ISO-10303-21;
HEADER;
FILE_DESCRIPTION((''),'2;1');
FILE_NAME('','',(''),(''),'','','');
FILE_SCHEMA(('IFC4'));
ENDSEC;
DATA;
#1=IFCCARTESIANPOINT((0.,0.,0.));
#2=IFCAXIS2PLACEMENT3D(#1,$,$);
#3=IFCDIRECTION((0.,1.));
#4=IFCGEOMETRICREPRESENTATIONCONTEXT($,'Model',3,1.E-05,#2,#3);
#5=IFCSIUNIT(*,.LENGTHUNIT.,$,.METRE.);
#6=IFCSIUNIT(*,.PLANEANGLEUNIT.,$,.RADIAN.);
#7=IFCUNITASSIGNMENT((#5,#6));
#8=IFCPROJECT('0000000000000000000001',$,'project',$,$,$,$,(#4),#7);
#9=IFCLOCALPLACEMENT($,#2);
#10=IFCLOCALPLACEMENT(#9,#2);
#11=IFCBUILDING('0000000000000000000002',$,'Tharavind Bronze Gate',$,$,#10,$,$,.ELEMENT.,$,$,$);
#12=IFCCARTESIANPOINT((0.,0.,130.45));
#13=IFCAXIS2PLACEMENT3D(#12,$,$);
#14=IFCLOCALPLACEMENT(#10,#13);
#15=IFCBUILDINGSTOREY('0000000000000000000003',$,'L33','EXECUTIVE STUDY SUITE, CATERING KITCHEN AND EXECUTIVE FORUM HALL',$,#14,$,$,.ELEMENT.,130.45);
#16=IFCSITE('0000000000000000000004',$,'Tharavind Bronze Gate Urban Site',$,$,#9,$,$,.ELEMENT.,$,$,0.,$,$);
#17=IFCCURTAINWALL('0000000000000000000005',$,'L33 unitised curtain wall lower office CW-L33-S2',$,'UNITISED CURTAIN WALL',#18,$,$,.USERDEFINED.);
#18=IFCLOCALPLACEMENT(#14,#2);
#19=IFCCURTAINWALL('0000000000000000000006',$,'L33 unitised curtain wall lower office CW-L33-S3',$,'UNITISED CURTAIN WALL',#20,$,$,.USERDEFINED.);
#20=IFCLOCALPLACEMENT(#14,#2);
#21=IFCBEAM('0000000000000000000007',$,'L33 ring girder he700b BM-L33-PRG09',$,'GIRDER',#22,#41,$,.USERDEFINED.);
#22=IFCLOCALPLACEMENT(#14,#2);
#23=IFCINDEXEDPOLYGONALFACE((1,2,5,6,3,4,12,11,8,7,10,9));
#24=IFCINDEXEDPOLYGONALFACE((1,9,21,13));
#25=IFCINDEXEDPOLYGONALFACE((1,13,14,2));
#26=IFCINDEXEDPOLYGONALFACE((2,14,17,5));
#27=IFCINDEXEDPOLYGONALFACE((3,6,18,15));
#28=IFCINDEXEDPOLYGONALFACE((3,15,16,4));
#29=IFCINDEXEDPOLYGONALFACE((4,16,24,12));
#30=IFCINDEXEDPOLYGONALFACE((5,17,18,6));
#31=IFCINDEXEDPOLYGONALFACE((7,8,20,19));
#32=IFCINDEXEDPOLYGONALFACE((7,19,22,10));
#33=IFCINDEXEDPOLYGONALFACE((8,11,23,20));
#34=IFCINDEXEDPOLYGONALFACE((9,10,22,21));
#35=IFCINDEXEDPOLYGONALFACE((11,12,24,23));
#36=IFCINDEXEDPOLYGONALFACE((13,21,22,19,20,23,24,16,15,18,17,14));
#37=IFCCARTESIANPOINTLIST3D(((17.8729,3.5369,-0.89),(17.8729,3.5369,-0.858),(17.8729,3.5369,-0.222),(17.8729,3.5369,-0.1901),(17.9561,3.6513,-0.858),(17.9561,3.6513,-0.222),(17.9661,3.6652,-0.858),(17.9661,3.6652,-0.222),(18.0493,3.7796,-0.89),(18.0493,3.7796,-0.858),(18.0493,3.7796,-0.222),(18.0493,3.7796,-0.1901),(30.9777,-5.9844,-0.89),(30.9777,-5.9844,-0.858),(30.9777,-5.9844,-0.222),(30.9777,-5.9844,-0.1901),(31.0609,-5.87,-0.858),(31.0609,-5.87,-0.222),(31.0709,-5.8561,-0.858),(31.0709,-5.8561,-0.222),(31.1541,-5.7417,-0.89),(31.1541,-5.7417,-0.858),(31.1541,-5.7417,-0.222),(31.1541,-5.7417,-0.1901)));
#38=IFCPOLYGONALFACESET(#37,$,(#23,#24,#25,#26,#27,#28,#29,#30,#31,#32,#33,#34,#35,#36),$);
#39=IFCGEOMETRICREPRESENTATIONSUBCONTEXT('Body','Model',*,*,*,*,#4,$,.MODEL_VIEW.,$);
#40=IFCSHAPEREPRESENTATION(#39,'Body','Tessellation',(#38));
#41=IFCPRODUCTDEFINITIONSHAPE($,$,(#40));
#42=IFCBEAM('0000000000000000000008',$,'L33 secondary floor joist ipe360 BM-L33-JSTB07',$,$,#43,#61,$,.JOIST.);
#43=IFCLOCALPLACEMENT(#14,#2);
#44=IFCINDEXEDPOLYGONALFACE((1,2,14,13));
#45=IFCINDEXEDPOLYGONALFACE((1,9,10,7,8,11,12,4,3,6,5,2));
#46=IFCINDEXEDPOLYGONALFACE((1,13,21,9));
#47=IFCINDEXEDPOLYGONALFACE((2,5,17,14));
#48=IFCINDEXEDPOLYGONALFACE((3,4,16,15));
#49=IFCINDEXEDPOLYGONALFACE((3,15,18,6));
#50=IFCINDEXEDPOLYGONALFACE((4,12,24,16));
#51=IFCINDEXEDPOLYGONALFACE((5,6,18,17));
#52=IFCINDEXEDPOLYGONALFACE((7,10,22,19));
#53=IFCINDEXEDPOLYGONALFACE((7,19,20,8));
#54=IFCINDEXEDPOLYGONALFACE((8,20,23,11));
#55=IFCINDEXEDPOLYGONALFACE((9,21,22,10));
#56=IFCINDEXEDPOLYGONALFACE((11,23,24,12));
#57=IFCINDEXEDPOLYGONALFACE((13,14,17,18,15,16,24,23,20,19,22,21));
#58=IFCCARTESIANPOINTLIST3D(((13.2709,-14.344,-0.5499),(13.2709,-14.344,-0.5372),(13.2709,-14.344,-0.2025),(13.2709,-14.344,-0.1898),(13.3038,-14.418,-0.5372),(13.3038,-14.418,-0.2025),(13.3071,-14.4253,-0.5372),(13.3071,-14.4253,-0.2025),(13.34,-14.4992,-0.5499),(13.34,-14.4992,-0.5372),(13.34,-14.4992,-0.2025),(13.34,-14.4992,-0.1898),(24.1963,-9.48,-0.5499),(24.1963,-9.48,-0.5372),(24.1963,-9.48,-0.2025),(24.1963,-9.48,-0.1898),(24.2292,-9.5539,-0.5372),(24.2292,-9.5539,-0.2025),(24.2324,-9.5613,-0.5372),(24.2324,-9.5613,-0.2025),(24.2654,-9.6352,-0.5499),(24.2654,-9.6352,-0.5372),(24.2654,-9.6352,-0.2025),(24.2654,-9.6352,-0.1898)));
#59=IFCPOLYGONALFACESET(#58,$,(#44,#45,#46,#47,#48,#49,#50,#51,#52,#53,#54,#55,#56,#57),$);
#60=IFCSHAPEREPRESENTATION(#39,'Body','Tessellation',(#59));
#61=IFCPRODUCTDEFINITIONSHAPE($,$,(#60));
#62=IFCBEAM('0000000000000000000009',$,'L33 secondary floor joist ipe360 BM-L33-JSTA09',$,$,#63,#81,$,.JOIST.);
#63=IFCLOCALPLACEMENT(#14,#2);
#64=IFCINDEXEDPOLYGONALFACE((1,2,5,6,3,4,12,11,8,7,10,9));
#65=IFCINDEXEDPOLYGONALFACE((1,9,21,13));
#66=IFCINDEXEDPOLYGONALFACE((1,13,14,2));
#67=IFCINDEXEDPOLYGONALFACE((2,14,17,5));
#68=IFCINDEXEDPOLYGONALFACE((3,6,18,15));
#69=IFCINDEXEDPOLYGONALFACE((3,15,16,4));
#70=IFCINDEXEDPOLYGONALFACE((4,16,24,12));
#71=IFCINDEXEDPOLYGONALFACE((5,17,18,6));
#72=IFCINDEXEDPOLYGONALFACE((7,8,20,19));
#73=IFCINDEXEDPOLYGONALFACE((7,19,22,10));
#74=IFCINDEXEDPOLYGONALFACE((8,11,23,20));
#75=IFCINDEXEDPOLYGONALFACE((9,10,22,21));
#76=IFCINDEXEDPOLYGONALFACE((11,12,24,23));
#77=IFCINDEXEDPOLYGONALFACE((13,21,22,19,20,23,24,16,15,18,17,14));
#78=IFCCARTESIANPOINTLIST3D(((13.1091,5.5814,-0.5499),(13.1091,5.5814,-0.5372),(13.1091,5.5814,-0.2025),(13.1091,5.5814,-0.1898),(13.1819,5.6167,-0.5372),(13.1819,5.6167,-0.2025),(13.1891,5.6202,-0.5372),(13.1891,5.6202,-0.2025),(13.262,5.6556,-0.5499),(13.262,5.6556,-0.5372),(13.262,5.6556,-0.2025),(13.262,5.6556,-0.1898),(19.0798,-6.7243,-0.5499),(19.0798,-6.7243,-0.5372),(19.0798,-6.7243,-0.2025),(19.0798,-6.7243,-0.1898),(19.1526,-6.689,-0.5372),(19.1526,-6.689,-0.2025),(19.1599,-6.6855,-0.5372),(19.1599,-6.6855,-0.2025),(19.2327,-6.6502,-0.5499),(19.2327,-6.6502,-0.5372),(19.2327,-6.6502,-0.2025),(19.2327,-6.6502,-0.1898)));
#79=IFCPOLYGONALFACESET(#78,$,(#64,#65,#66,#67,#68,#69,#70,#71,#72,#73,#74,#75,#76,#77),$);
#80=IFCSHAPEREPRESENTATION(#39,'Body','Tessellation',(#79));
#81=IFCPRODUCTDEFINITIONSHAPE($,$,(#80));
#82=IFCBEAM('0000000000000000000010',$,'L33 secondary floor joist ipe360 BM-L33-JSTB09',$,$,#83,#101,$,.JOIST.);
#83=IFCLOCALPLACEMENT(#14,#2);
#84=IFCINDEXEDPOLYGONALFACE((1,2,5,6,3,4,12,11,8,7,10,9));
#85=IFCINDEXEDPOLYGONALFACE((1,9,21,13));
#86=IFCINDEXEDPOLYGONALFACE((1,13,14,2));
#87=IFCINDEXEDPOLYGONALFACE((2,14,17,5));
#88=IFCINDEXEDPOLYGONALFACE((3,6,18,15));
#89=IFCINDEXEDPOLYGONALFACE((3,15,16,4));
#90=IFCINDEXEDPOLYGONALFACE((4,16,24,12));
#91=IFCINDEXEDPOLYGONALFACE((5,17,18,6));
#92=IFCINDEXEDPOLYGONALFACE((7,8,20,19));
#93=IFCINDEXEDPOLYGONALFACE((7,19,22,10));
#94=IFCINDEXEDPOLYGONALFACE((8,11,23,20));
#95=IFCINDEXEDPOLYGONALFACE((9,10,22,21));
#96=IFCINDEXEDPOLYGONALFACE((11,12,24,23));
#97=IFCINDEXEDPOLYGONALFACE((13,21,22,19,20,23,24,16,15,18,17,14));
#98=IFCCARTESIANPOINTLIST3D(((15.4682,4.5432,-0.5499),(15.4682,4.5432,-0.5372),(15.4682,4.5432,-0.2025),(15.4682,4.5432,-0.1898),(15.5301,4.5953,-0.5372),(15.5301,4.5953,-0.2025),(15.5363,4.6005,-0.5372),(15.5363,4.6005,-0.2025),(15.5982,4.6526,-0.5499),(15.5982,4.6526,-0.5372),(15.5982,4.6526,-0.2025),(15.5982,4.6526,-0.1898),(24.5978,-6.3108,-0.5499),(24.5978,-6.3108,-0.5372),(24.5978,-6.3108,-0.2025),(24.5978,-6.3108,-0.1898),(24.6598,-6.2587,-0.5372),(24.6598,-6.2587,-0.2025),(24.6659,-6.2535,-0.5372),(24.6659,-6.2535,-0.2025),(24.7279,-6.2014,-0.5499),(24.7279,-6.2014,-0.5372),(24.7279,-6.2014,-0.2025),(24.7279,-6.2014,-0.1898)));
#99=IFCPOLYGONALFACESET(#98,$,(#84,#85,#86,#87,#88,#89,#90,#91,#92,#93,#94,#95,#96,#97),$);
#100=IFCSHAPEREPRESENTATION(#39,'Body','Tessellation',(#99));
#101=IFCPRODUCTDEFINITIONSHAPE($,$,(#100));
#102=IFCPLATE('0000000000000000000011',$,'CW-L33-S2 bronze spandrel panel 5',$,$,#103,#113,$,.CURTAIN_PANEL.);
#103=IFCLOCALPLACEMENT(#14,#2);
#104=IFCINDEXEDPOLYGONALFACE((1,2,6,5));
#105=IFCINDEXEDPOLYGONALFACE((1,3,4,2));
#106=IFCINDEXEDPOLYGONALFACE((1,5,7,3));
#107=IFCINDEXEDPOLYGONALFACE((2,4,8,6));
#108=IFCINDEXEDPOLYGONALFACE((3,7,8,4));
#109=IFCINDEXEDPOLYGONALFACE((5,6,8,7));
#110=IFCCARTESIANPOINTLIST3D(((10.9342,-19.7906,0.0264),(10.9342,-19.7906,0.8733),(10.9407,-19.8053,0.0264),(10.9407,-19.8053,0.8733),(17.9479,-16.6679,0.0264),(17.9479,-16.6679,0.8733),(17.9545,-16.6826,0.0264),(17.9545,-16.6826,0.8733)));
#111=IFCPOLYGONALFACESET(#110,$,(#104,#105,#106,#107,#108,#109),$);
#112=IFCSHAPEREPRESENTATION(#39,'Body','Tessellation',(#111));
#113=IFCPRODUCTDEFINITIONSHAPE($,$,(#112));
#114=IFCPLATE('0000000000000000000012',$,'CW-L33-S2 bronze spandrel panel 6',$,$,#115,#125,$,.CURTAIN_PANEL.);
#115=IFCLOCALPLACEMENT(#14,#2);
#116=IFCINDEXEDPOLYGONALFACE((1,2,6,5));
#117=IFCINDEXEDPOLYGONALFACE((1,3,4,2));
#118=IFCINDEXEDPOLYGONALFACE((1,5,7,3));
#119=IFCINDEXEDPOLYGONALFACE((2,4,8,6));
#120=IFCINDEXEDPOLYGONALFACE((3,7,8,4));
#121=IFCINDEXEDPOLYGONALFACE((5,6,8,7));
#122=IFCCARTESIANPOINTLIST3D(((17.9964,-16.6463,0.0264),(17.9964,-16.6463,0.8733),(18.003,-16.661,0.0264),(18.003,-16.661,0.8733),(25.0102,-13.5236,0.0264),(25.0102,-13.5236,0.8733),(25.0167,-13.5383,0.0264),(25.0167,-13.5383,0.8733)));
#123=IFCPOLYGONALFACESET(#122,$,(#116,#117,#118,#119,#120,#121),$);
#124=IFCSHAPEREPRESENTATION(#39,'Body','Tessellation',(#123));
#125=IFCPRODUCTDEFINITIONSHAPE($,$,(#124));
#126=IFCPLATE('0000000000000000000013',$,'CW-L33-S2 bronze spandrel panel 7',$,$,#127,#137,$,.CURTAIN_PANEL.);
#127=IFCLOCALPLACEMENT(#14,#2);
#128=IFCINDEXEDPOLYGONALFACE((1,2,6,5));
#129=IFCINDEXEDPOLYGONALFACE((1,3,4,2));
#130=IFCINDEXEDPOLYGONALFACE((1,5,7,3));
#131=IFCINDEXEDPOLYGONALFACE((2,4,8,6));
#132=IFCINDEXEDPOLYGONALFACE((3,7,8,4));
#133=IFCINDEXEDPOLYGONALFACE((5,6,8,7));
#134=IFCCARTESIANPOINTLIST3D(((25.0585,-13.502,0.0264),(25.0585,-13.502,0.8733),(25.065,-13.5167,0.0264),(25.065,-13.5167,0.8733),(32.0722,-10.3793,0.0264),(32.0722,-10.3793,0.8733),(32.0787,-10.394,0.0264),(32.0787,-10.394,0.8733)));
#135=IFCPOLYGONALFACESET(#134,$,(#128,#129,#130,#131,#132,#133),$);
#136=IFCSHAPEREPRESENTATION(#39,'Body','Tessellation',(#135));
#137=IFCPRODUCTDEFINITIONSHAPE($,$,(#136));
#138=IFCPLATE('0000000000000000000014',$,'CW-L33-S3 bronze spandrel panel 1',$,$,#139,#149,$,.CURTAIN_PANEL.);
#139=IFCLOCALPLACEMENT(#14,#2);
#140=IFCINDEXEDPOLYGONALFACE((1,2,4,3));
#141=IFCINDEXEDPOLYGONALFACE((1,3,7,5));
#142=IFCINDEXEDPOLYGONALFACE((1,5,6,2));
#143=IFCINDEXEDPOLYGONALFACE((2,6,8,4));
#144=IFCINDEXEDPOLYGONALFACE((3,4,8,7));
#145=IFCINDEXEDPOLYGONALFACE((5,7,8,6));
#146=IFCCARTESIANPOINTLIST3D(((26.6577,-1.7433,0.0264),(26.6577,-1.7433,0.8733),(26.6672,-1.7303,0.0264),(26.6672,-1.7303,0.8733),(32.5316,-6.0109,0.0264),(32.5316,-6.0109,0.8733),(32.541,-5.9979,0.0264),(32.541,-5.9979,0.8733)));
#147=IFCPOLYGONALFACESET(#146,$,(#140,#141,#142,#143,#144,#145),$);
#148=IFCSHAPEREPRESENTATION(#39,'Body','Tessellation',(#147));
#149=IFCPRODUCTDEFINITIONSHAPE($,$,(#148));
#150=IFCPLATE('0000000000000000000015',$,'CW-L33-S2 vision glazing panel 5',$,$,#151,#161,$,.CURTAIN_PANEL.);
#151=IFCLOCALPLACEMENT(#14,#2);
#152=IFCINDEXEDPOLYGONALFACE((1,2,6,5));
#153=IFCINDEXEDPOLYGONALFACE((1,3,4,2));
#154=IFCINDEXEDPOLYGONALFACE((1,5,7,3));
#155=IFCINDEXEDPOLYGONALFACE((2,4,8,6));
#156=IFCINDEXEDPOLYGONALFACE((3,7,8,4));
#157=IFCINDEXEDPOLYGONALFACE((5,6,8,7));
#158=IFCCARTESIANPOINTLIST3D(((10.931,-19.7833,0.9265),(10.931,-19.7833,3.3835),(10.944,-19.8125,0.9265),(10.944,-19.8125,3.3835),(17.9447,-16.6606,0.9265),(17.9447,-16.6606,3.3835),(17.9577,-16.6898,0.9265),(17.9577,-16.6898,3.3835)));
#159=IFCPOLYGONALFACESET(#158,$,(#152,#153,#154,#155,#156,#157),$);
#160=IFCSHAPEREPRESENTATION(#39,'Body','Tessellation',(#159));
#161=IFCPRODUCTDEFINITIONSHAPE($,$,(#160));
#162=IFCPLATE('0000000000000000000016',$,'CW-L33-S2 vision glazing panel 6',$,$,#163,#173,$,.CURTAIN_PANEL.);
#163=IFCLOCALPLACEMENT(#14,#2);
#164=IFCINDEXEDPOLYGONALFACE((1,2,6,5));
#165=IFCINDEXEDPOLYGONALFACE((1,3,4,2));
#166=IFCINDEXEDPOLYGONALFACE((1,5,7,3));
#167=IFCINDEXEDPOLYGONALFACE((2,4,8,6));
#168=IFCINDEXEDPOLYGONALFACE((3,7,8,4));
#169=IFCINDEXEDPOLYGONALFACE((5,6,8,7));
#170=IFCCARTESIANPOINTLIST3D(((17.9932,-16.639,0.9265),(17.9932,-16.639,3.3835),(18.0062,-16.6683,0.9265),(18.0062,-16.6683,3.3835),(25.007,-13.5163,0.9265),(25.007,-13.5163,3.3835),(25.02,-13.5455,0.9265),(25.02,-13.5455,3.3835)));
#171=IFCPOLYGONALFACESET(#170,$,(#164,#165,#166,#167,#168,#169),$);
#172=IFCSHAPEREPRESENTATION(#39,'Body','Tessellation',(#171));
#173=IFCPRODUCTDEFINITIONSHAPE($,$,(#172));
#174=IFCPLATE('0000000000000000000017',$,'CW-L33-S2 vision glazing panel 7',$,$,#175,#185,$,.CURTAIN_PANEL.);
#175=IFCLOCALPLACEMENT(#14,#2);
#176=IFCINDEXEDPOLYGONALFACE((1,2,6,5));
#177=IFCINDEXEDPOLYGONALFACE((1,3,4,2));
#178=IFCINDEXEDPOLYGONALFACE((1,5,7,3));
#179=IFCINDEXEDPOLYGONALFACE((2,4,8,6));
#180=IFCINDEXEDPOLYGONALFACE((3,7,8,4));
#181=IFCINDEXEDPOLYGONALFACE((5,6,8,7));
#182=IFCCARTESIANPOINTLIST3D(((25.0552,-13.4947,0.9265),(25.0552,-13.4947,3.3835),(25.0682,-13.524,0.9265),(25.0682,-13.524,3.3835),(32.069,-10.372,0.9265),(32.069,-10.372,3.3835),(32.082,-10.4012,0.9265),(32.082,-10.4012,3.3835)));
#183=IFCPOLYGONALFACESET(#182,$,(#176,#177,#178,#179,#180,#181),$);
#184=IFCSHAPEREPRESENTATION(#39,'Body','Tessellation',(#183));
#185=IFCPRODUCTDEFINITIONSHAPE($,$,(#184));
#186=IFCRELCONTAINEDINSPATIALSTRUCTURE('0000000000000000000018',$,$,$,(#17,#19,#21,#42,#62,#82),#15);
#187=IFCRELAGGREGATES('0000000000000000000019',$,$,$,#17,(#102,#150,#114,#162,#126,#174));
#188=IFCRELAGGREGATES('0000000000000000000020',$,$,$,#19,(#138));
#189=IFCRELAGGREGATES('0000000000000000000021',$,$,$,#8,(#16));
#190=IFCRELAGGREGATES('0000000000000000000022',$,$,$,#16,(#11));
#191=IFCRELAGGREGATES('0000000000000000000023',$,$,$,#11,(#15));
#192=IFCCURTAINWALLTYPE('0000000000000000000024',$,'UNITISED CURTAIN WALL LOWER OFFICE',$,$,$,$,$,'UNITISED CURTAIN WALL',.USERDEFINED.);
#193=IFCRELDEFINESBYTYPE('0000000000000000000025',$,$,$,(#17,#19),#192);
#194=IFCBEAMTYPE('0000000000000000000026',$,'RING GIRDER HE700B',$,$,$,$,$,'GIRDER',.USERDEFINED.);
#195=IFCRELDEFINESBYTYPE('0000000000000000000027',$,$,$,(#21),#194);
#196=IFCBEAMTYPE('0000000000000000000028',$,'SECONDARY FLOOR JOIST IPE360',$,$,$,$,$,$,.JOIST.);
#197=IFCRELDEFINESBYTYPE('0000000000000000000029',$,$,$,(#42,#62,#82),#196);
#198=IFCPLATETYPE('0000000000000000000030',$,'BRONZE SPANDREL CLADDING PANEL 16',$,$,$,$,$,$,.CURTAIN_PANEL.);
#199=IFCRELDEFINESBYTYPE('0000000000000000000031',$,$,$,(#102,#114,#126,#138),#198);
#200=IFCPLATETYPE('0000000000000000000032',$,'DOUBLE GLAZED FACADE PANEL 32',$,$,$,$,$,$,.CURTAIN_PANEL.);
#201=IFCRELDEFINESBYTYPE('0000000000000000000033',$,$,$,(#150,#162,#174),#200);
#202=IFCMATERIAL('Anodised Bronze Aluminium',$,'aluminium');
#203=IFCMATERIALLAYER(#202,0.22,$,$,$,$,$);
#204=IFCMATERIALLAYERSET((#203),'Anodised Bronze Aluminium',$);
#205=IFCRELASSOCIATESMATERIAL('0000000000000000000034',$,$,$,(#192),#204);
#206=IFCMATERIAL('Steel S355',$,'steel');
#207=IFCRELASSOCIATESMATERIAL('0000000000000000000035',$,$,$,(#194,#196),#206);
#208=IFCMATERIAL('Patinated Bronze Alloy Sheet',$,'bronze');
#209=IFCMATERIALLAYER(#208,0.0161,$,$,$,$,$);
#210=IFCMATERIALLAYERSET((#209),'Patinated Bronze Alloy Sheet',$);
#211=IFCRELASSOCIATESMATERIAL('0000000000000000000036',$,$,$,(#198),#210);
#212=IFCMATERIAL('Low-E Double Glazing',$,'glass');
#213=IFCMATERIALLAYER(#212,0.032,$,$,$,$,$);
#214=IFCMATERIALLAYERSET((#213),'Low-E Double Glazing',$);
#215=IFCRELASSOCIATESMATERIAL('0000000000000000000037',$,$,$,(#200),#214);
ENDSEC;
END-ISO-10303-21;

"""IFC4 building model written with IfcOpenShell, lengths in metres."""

from ifc_helpers import new_model, si_unit, direction, frame, origin, origin_2d, place, context, subcontext, project, spatial, rectangle, i_section, extrude, material, layer, layer_set, material_profile, profile_set, type_object, element, aggregate, save


model = new_model("IFC4")

# Units and contexts
model_context = context("Model", 3, precision=1e-05, world=origin(), true_north=direction((0.0, 1.0)))
body_context = subcontext(model_context, "Body", "Model", "MODEL_VIEW")
ifc_project = project(units=[si_unit("LENGTHUNIT", "METRE"), si_unit("PLANEANGLEUNIT", "RADIAN")], contexts=[model_context])

# Site, building, storey
site_placement = place(None, origin())
site = spatial("IfcSite", under=ifc_project, at=site_placement, Name="Tharavind Bronze Gate Urban Site", CompositionType="ELEMENT", RefElevation=0.0)
building_placement = place(site_placement, origin())
building = spatial("IfcBuilding", under=site, at=building_placement, Name="Tharavind Bronze Gate", CompositionType="ELEMENT")
storey_placement = place(building_placement, frame((0.0, 0.0, 130.45)))
storey = spatial("IfcBuildingStorey", under=building, at=storey_placement, Name="L33", Description="EXECUTIVE STUDY SUITE, CATERING KITCHEN AND EXECUTIVE FORUM HALL", CompositionType="ELEMENT", Elevation=130.45)

# Curtain wall
ifc_material_1 = material(Name="Anodised Bronze Aluminium", Category="aluminium")
ifc_layer_1 = layer(ifc_material_1, 0.22)
ifc_layer_set_1 = layer_set([ifc_layer_1], Name="Anodised Bronze Aluminium")
curtain_wall_type = type_object("IfcCurtainWallType", Name="UNITISED CURTAIN WALL LOWER OFFICE", ElementType="UNITISED CURTAIN WALL", PredefinedType="USERDEFINED", material=ifc_layer_set_1)
curtain_wall_1_placement = place(storey_placement, origin())
curtain_wall_1 = element("IfcCurtainWall", 1, at=curtain_wall_1_placement, inside=storey, type_object=curtain_wall_type, Name="L33 unitised curtain wall lower office CW-L33-S2", ObjectType="UNITISED CURTAIN WALL", PredefinedType="USERDEFINED")

# Curtain wall
curtain_wall_2_placement = place(storey_placement, origin())
curtain_wall_2 = element("IfcCurtainWall", 2, at=curtain_wall_2_placement, inside=storey, type_object=curtain_wall_type, Name="L33 unitised curtain wall lower office CW-L33-S3", ObjectType="UNITISED CURTAIN WALL", PredefinedType="USERDEFINED")

# Beams
ifc_material_2 = material(Name="Steel S355", Category="steel")
ifc_material_profile_1 = material_profile(ifc_material_2, i_section(OverallWidth=0.3, OverallDepth=0.7, WebThickness=0.0171, FlangeThickness=0.032, at=origin_2d()), Name="HE700B")
ifc_profile_set_1 = profile_set([ifc_material_profile_1], Name="Steel S355")
beam_type_1 = type_object("IfcBeamType", Name="RING GIRDER HE700B", ElementType="GIRDER", PredefinedType="USERDEFINED", material=ifc_profile_set_1)
beam_1_placement = place(storey_placement, frame((31.0659, -5.863, -0.54), z_axis=(-0.809014, 0.587789, 0.0), x_axis=(-0.587789, -0.809014, 0.0)))
element("IfcBeam", 3, at=beam_1_placement, inside=storey, type_object=beam_type_1, Name="L33 ring girder he700b BM-L33-PRG09", ObjectType="GIRDER", PredefinedType="USERDEFINED", context=body_context, shape_type="SweptSolid", body=[
    extrude(i_section(OverallWidth=0.3, OverallDepth=0.7, WebThickness=0.0171, FlangeThickness=0.032, at=origin_2d()), origin(), (0.0, 0.0, 1.0), 16.1985),
])
ifc_material_profile_2 = material_profile(ifc_material_2, i_section(OverallWidth=0.1699, OverallDepth=0.3601, WebThickness=0.0081, FlangeThickness=0.0127, at=origin_2d()), Name="IPE360")
ifc_profile_set_2 = profile_set([ifc_material_profile_2], Name="Steel S355")
beam_type_2 = type_object("IfcBeamType", Name="SECONDARY FLOOR JOIST IPE360", PredefinedType="JOIST", material=ifc_profile_set_2)
beam_2_placement = place(storey_placement, frame((13.3054, -14.4216, -0.3699), z_axis=(0.913553, 0.40672, 0.0), x_axis=(-0.40672, 0.913553, 0.0)))
element("IfcBeam", 4, at=beam_2_placement, inside=storey, type_object=beam_type_2, Name="L33 secondary floor joist ipe360 BM-L33-JSTB07", PredefinedType="JOIST", context=body_context, shape_type="SweptSolid", body=[
    extrude(i_section(OverallWidth=0.1699, OverallDepth=0.3601, WebThickness=0.0081, FlangeThickness=0.0127, at=origin_2d()), origin(), (0.0, 0.0, 1.0), 11.9592),
])
beam_3_placement = place(storey_placement, frame((19.1562, -6.6873, -0.3699), z_axis=(-0.436529, 0.89969, 0.0), x_axis=(-0.89969, -0.436529, 0.0)))
element("IfcBeam", 5, at=beam_3_placement, inside=storey, type_object=beam_type_2, Name="L33 secondary floor joist ipe360 BM-L33-JSTA09", PredefinedType="JOIST", context=body_context, shape_type="SweptSolid", body=[
    extrude(i_section(OverallWidth=0.1699, OverallDepth=0.3601, WebThickness=0.0081, FlangeThickness=0.0127, at=origin_2d()), origin(), (0.0, 0.0, 1.0), 13.6777),
])
beam_4_placement = place(storey_placement, frame((24.6628, -6.2561, -0.3699), z_axis=(-0.643699, 0.765278, 0.0), x_axis=(-0.765278, -0.643699, 0.0)))
element("IfcBeam", 6, at=beam_4_placement, inside=storey, type_object=beam_type_2, Name="L33 secondary floor joist ipe360 BM-L33-JSTB09", PredefinedType="JOIST", context=body_context, shape_type="SweptSolid", body=[
    extrude(i_section(OverallWidth=0.1699, OverallDepth=0.3601, WebThickness=0.0081, FlangeThickness=0.0127, at=origin_2d()), origin(), (0.0, 0.0, 1.0), 14.1831),
])

# Plates
ifc_material_3 = material(Name="Patinated Bronze Alloy Sheet", Category="bronze")
ifc_layer_2 = layer(ifc_material_3, 0.0161)
ifc_layer_set_2 = layer_set([ifc_layer_2], Name="Patinated Bronze Alloy Sheet")
plate_type_1 = type_object("IfcPlateType", Name="BRONZE SPANDREL CLADDING PANEL 16", PredefinedType="CURTAIN_PANEL", material=ifc_layer_set_2)
plate_1_placement = place(storey_placement, frame((14.4443, -18.2366, 0.0264), z_axis=(0.0, 0.0, 1.0), x_axis=(0.913545, 0.406737, 0.0)))
plate_1 = element("IfcPlate", 7, at=plate_1_placement, type_object=plate_type_1, Name="CW-L33-S2 bronze spandrel panel 5", PredefinedType="CURTAIN_PANEL", context=body_context, shape_type="SweptSolid", body=[
    extrude(rectangle(XDim=7.6775, YDim=0.0161, at=origin_2d()), origin(), (0.0, 0.0, 1.0), 0.8469),
])
plate_2_placement = place(storey_placement, frame((21.5066, -15.0923, 0.0264), z_axis=(0.0, 0.0, 1.0), x_axis=(0.913545, 0.406737, 0.0)))
plate_2 = element("IfcPlate", 8, at=plate_2_placement, type_object=plate_type_1, Name="CW-L33-S2 bronze spandrel panel 6", PredefinedType="CURTAIN_PANEL", context=body_context, shape_type="SweptSolid", body=[
    extrude(rectangle(XDim=7.6775, YDim=0.0161, at=origin_2d()), origin(), (0.0, 0.0, 1.0), 0.8469),
])
plate_3_placement = place(storey_placement, frame((28.5686, -11.948, 0.0264), z_axis=(0.0, 0.0, 1.0), x_axis=(0.913545, 0.406737, 0.0)))
plate_3 = element("IfcPlate", 9, at=plate_3_placement, type_object=plate_type_1, Name="CW-L33-S2 bronze spandrel panel 7", PredefinedType="CURTAIN_PANEL", context=body_context, shape_type="SweptSolid", body=[
    extrude(rectangle(XDim=7.6775, YDim=0.0161, at=origin_2d()), origin(), (0.0, 0.0, 1.0), 0.8469),
])
plate_4_placement = place(storey_placement, frame((29.5994, -3.8706, 0.0264), z_axis=(0.0, 0.0, 1.0), x_axis=(-0.809017, 0.587785, 0.0)))
plate_4 = element("IfcPlate", 10, at=plate_4_placement, type_object=plate_type_1, Name="CW-L33-S3 bronze spandrel panel 1", PredefinedType="CURTAIN_PANEL", context=body_context, shape_type="SweptSolid", body=[
    extrude(rectangle(XDim=7.2605, YDim=0.0161, at=origin_2d()), origin(), (0.0, 0.0, 1.0), 0.8469),
])
ifc_material_4 = material(Name="Low-E Double Glazing", Category="glass")
ifc_layer_3 = layer(ifc_material_4, 0.032)
ifc_layer_set_3 = layer_set([ifc_layer_3], Name="Low-E Double Glazing")
plate_type_2 = type_object("IfcPlateType", Name="DOUBLE GLAZED FACADE PANEL 32", PredefinedType="CURTAIN_PANEL", material=ifc_layer_set_3)
plate_5_placement = place(storey_placement, frame((14.4443, -18.2366, 0.9265), z_axis=(0.0, 0.0, 1.0), x_axis=(0.913545, 0.406737, 0.0)))
plate_5 = element("IfcPlate", 11, at=plate_5_placement, type_object=plate_type_2, Name="CW-L33-S2 vision glazing panel 5", PredefinedType="CURTAIN_PANEL", context=body_context, shape_type="SweptSolid", body=[
    extrude(rectangle(XDim=7.6775, YDim=0.032, at=origin_2d()), origin(), (0.0, 0.0, 1.0), 2.457),
])
plate_6_placement = place(storey_placement, frame((21.5066, -15.0923, 0.9265), z_axis=(0.0, 0.0, 1.0), x_axis=(0.913545, 0.406737, 0.0)))
plate_6 = element("IfcPlate", 12, at=plate_6_placement, type_object=plate_type_2, Name="CW-L33-S2 vision glazing panel 6", PredefinedType="CURTAIN_PANEL", context=body_context, shape_type="SweptSolid", body=[
    extrude(rectangle(XDim=7.6775, YDim=0.032, at=origin_2d()), origin(), (0.0, 0.0, 1.0), 2.457),
])
plate_7_placement = place(storey_placement, frame((28.5686, -11.948, 0.9265), z_axis=(0.0, 0.0, 1.0), x_axis=(0.913545, 0.406737, 0.0)))
plate_7 = element("IfcPlate", 13, at=plate_7_placement, type_object=plate_type_2, Name="CW-L33-S2 vision glazing panel 7", PredefinedType="CURTAIN_PANEL", context=body_context, shape_type="SweptSolid", body=[
    extrude(rectangle(XDim=7.6775, YDim=0.032, at=origin_2d()), origin(), (0.0, 0.0, 1.0), 2.457),
])
aggregate(curtain_wall_1, [plate_1, plate_5, plate_2, plate_6, plate_3, plate_7])
aggregate(curtain_wall_2, [plate_4])

save(model, "model.ifc")
